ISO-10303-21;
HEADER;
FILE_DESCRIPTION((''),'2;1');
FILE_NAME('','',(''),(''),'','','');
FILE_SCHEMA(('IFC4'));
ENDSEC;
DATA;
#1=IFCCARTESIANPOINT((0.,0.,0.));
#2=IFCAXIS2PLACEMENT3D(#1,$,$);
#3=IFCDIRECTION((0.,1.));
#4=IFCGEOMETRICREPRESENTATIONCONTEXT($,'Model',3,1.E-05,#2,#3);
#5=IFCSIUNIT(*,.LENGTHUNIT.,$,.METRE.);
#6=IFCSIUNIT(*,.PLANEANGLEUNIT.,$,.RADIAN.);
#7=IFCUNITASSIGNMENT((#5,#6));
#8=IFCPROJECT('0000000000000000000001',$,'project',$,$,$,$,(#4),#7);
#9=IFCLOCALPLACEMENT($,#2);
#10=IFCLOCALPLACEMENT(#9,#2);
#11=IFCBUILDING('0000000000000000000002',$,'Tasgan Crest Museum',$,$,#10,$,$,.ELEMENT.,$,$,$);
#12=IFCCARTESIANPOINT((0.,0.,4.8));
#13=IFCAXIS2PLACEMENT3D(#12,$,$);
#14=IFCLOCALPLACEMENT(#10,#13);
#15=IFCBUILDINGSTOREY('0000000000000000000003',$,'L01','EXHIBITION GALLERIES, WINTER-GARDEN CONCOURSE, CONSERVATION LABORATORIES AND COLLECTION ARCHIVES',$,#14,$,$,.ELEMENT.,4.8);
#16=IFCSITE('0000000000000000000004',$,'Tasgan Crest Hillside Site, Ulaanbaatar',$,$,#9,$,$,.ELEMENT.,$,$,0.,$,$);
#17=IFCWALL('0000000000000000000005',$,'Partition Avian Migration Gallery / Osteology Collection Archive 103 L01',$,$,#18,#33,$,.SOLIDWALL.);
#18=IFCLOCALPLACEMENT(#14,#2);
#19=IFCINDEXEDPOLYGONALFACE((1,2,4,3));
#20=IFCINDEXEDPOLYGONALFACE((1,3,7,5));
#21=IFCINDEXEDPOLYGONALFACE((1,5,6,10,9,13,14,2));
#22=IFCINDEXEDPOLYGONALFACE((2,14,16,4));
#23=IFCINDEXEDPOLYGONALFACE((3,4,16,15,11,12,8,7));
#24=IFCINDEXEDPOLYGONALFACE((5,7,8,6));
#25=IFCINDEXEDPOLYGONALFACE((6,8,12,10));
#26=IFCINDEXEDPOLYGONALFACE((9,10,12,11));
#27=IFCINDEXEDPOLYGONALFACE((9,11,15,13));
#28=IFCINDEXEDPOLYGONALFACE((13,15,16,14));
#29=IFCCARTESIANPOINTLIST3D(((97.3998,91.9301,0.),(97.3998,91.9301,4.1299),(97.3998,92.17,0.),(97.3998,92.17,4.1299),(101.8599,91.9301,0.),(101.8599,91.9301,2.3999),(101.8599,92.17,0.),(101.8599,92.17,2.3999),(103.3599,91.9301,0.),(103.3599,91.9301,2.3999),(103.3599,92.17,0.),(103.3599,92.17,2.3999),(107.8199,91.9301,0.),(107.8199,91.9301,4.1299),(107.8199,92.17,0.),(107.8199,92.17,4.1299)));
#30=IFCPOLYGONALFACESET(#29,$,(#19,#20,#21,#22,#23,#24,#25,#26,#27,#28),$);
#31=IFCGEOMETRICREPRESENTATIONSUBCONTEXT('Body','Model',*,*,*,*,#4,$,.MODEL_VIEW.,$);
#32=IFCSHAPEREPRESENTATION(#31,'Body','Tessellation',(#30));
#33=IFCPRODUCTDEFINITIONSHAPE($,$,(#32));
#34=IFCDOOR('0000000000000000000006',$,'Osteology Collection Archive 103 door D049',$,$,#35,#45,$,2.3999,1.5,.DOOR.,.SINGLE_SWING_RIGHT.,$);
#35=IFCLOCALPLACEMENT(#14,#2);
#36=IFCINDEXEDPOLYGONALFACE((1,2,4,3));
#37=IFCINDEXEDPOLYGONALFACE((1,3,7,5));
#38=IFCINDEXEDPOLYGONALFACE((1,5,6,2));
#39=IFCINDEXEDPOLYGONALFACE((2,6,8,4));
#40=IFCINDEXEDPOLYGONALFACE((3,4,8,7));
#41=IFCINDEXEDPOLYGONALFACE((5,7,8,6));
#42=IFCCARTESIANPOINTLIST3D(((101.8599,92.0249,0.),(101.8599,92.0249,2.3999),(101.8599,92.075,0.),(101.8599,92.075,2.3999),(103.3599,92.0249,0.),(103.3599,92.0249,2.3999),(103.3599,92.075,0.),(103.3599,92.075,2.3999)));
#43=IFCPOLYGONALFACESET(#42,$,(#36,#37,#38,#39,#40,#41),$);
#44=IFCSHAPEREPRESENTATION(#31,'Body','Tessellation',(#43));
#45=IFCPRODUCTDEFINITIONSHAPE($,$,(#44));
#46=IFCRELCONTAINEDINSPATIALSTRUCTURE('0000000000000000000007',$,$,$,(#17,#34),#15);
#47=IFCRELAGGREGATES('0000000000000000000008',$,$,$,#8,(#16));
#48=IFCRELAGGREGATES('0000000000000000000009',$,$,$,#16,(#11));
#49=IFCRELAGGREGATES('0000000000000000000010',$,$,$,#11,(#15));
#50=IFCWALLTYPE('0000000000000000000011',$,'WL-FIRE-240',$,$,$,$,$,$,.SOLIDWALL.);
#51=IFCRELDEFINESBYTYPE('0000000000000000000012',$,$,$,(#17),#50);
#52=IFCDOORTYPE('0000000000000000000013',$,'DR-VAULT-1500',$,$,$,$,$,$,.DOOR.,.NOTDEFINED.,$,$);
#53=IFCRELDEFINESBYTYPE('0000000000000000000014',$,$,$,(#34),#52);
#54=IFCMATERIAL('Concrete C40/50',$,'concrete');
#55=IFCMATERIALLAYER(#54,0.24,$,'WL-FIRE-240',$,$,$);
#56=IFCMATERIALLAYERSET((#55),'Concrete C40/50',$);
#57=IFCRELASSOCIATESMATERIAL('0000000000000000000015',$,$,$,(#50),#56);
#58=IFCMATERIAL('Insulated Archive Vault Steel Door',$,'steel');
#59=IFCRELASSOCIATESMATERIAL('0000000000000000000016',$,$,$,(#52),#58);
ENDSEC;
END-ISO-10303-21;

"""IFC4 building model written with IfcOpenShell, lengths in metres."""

from ifc_helpers import new_model, si_unit, direction, frame, frame_2d, origin, place, context, subcontext, project, spatial, rectangle, extrude, material, layer, layer_set, type_object, element, fill, save


model = new_model("IFC4")

# Units and contexts
model_context = context("Model", 3, precision=1e-05, world=origin(), true_north=direction((0.0, 1.0)))
body_context = subcontext(model_context, "Body", "Model", "MODEL_VIEW")
ifc_project = project(units=[si_unit("LENGTHUNIT", "METRE"), si_unit("PLANEANGLEUNIT", "RADIAN")], contexts=[model_context])

# Site, building, storey
site_placement = place(None, origin())
site = spatial("IfcSite", under=ifc_project, at=site_placement, Name="Tasgan Crest Hillside Site, Ulaanbaatar", CompositionType="ELEMENT", RefElevation=0.0)
building_placement = place(site_placement, origin())
building = spatial("IfcBuilding", under=site, at=building_placement, Name="Tasgan Crest Museum", CompositionType="ELEMENT")
storey_placement = place(building_placement, frame((0.0, 0.0, 4.8)))
storey = spatial("IfcBuildingStorey", under=building, at=storey_placement, Name="L01", Description="EXHIBITION GALLERIES, WINTER-GARDEN CONCOURSE, CONSERVATION LABORATORIES AND COLLECTION ARCHIVES", CompositionType="ELEMENT", Elevation=4.8)

# Shared definitions
ifc_material_1 = material(Name="Concrete C40/50", Category="concrete")
ifc_layer = layer(ifc_material_1, 0.24, Name="WL-FIRE-240")
ifc_layer_set = layer_set([ifc_layer], Name="Concrete C40/50")
wall_type = type_object("IfcWallType", Name="WL-FIRE-240", PredefinedType="SOLIDWALL", material=ifc_layer_set)

# Wall, opening, door
wall_1_placement = place(storey_placement, frame((97.3999, 92.05, 0.0), z_axis=(0.0, 0.0, 1.0), x_axis=(1.0, 0.0, 0.0)))
wall_1 = element("IfcWall", 1, at=wall_1_placement, inside=storey, type_object=wall_type, Name="Partition Avian Migration Gallery / Osteology Collection Archive 103 L01", PredefinedType="SOLIDWALL", context=body_context, shape_type="SweptSolid", body=[
    extrude(rectangle(XDim=10.4202, YDim=0.24, at=frame_2d((5.21, 0.0))), origin(), (0.0, 0.0, 1.0), 4.1299),
])
opening_placement = place(wall_1_placement, frame((4.46, 0.0, 0.0)))
opening = element("IfcOpeningElement", 2, at=opening_placement, cuts=wall_1, PredefinedType="OPENING", context=body_context, shape_type="SweptSolid", body=[
    extrude(rectangle(XDim=1.5, YDim=2.3999, at=frame_2d((0.75, 1.2))), frame((0.0, 0.1299, 0.0), z_axis=(0.0, -1.0, 0.0), x_axis=(1.0, 0.0, 0.0)), (0.0, 0.0, 1.0), 0.26),
])
ifc_material_2 = material(Name="Insulated Archive Vault Steel Door", Category="steel")
door_type = type_object("IfcDoorType", Name="DR-VAULT-1500", OperationType="NOTDEFINED", PredefinedType="DOOR", material=ifc_material_2)
door_placement = place(opening_placement, origin())
door = element("IfcDoor", 3, at=door_placement, inside=storey, type_object=door_type, Name="Osteology Collection Archive 103 door D049", OperationType="SINGLE_SWING_RIGHT", OverallHeight=2.3999, OverallWidth=1.5, PredefinedType="DOOR", context=body_context, shape_type="SweptSolid", body=[
    extrude(rectangle(XDim=1.5, YDim=2.3999, at=frame_2d((0.75, 1.2))), frame((0.0, 0.0249, 0.0), z_axis=(0.0, -1.0, 0.0), x_axis=(1.0, 0.0, 0.0)), (0.0, 0.0, 1.0), 0.05),
])
fill(opening, door)

save(model, "model.ifc")
